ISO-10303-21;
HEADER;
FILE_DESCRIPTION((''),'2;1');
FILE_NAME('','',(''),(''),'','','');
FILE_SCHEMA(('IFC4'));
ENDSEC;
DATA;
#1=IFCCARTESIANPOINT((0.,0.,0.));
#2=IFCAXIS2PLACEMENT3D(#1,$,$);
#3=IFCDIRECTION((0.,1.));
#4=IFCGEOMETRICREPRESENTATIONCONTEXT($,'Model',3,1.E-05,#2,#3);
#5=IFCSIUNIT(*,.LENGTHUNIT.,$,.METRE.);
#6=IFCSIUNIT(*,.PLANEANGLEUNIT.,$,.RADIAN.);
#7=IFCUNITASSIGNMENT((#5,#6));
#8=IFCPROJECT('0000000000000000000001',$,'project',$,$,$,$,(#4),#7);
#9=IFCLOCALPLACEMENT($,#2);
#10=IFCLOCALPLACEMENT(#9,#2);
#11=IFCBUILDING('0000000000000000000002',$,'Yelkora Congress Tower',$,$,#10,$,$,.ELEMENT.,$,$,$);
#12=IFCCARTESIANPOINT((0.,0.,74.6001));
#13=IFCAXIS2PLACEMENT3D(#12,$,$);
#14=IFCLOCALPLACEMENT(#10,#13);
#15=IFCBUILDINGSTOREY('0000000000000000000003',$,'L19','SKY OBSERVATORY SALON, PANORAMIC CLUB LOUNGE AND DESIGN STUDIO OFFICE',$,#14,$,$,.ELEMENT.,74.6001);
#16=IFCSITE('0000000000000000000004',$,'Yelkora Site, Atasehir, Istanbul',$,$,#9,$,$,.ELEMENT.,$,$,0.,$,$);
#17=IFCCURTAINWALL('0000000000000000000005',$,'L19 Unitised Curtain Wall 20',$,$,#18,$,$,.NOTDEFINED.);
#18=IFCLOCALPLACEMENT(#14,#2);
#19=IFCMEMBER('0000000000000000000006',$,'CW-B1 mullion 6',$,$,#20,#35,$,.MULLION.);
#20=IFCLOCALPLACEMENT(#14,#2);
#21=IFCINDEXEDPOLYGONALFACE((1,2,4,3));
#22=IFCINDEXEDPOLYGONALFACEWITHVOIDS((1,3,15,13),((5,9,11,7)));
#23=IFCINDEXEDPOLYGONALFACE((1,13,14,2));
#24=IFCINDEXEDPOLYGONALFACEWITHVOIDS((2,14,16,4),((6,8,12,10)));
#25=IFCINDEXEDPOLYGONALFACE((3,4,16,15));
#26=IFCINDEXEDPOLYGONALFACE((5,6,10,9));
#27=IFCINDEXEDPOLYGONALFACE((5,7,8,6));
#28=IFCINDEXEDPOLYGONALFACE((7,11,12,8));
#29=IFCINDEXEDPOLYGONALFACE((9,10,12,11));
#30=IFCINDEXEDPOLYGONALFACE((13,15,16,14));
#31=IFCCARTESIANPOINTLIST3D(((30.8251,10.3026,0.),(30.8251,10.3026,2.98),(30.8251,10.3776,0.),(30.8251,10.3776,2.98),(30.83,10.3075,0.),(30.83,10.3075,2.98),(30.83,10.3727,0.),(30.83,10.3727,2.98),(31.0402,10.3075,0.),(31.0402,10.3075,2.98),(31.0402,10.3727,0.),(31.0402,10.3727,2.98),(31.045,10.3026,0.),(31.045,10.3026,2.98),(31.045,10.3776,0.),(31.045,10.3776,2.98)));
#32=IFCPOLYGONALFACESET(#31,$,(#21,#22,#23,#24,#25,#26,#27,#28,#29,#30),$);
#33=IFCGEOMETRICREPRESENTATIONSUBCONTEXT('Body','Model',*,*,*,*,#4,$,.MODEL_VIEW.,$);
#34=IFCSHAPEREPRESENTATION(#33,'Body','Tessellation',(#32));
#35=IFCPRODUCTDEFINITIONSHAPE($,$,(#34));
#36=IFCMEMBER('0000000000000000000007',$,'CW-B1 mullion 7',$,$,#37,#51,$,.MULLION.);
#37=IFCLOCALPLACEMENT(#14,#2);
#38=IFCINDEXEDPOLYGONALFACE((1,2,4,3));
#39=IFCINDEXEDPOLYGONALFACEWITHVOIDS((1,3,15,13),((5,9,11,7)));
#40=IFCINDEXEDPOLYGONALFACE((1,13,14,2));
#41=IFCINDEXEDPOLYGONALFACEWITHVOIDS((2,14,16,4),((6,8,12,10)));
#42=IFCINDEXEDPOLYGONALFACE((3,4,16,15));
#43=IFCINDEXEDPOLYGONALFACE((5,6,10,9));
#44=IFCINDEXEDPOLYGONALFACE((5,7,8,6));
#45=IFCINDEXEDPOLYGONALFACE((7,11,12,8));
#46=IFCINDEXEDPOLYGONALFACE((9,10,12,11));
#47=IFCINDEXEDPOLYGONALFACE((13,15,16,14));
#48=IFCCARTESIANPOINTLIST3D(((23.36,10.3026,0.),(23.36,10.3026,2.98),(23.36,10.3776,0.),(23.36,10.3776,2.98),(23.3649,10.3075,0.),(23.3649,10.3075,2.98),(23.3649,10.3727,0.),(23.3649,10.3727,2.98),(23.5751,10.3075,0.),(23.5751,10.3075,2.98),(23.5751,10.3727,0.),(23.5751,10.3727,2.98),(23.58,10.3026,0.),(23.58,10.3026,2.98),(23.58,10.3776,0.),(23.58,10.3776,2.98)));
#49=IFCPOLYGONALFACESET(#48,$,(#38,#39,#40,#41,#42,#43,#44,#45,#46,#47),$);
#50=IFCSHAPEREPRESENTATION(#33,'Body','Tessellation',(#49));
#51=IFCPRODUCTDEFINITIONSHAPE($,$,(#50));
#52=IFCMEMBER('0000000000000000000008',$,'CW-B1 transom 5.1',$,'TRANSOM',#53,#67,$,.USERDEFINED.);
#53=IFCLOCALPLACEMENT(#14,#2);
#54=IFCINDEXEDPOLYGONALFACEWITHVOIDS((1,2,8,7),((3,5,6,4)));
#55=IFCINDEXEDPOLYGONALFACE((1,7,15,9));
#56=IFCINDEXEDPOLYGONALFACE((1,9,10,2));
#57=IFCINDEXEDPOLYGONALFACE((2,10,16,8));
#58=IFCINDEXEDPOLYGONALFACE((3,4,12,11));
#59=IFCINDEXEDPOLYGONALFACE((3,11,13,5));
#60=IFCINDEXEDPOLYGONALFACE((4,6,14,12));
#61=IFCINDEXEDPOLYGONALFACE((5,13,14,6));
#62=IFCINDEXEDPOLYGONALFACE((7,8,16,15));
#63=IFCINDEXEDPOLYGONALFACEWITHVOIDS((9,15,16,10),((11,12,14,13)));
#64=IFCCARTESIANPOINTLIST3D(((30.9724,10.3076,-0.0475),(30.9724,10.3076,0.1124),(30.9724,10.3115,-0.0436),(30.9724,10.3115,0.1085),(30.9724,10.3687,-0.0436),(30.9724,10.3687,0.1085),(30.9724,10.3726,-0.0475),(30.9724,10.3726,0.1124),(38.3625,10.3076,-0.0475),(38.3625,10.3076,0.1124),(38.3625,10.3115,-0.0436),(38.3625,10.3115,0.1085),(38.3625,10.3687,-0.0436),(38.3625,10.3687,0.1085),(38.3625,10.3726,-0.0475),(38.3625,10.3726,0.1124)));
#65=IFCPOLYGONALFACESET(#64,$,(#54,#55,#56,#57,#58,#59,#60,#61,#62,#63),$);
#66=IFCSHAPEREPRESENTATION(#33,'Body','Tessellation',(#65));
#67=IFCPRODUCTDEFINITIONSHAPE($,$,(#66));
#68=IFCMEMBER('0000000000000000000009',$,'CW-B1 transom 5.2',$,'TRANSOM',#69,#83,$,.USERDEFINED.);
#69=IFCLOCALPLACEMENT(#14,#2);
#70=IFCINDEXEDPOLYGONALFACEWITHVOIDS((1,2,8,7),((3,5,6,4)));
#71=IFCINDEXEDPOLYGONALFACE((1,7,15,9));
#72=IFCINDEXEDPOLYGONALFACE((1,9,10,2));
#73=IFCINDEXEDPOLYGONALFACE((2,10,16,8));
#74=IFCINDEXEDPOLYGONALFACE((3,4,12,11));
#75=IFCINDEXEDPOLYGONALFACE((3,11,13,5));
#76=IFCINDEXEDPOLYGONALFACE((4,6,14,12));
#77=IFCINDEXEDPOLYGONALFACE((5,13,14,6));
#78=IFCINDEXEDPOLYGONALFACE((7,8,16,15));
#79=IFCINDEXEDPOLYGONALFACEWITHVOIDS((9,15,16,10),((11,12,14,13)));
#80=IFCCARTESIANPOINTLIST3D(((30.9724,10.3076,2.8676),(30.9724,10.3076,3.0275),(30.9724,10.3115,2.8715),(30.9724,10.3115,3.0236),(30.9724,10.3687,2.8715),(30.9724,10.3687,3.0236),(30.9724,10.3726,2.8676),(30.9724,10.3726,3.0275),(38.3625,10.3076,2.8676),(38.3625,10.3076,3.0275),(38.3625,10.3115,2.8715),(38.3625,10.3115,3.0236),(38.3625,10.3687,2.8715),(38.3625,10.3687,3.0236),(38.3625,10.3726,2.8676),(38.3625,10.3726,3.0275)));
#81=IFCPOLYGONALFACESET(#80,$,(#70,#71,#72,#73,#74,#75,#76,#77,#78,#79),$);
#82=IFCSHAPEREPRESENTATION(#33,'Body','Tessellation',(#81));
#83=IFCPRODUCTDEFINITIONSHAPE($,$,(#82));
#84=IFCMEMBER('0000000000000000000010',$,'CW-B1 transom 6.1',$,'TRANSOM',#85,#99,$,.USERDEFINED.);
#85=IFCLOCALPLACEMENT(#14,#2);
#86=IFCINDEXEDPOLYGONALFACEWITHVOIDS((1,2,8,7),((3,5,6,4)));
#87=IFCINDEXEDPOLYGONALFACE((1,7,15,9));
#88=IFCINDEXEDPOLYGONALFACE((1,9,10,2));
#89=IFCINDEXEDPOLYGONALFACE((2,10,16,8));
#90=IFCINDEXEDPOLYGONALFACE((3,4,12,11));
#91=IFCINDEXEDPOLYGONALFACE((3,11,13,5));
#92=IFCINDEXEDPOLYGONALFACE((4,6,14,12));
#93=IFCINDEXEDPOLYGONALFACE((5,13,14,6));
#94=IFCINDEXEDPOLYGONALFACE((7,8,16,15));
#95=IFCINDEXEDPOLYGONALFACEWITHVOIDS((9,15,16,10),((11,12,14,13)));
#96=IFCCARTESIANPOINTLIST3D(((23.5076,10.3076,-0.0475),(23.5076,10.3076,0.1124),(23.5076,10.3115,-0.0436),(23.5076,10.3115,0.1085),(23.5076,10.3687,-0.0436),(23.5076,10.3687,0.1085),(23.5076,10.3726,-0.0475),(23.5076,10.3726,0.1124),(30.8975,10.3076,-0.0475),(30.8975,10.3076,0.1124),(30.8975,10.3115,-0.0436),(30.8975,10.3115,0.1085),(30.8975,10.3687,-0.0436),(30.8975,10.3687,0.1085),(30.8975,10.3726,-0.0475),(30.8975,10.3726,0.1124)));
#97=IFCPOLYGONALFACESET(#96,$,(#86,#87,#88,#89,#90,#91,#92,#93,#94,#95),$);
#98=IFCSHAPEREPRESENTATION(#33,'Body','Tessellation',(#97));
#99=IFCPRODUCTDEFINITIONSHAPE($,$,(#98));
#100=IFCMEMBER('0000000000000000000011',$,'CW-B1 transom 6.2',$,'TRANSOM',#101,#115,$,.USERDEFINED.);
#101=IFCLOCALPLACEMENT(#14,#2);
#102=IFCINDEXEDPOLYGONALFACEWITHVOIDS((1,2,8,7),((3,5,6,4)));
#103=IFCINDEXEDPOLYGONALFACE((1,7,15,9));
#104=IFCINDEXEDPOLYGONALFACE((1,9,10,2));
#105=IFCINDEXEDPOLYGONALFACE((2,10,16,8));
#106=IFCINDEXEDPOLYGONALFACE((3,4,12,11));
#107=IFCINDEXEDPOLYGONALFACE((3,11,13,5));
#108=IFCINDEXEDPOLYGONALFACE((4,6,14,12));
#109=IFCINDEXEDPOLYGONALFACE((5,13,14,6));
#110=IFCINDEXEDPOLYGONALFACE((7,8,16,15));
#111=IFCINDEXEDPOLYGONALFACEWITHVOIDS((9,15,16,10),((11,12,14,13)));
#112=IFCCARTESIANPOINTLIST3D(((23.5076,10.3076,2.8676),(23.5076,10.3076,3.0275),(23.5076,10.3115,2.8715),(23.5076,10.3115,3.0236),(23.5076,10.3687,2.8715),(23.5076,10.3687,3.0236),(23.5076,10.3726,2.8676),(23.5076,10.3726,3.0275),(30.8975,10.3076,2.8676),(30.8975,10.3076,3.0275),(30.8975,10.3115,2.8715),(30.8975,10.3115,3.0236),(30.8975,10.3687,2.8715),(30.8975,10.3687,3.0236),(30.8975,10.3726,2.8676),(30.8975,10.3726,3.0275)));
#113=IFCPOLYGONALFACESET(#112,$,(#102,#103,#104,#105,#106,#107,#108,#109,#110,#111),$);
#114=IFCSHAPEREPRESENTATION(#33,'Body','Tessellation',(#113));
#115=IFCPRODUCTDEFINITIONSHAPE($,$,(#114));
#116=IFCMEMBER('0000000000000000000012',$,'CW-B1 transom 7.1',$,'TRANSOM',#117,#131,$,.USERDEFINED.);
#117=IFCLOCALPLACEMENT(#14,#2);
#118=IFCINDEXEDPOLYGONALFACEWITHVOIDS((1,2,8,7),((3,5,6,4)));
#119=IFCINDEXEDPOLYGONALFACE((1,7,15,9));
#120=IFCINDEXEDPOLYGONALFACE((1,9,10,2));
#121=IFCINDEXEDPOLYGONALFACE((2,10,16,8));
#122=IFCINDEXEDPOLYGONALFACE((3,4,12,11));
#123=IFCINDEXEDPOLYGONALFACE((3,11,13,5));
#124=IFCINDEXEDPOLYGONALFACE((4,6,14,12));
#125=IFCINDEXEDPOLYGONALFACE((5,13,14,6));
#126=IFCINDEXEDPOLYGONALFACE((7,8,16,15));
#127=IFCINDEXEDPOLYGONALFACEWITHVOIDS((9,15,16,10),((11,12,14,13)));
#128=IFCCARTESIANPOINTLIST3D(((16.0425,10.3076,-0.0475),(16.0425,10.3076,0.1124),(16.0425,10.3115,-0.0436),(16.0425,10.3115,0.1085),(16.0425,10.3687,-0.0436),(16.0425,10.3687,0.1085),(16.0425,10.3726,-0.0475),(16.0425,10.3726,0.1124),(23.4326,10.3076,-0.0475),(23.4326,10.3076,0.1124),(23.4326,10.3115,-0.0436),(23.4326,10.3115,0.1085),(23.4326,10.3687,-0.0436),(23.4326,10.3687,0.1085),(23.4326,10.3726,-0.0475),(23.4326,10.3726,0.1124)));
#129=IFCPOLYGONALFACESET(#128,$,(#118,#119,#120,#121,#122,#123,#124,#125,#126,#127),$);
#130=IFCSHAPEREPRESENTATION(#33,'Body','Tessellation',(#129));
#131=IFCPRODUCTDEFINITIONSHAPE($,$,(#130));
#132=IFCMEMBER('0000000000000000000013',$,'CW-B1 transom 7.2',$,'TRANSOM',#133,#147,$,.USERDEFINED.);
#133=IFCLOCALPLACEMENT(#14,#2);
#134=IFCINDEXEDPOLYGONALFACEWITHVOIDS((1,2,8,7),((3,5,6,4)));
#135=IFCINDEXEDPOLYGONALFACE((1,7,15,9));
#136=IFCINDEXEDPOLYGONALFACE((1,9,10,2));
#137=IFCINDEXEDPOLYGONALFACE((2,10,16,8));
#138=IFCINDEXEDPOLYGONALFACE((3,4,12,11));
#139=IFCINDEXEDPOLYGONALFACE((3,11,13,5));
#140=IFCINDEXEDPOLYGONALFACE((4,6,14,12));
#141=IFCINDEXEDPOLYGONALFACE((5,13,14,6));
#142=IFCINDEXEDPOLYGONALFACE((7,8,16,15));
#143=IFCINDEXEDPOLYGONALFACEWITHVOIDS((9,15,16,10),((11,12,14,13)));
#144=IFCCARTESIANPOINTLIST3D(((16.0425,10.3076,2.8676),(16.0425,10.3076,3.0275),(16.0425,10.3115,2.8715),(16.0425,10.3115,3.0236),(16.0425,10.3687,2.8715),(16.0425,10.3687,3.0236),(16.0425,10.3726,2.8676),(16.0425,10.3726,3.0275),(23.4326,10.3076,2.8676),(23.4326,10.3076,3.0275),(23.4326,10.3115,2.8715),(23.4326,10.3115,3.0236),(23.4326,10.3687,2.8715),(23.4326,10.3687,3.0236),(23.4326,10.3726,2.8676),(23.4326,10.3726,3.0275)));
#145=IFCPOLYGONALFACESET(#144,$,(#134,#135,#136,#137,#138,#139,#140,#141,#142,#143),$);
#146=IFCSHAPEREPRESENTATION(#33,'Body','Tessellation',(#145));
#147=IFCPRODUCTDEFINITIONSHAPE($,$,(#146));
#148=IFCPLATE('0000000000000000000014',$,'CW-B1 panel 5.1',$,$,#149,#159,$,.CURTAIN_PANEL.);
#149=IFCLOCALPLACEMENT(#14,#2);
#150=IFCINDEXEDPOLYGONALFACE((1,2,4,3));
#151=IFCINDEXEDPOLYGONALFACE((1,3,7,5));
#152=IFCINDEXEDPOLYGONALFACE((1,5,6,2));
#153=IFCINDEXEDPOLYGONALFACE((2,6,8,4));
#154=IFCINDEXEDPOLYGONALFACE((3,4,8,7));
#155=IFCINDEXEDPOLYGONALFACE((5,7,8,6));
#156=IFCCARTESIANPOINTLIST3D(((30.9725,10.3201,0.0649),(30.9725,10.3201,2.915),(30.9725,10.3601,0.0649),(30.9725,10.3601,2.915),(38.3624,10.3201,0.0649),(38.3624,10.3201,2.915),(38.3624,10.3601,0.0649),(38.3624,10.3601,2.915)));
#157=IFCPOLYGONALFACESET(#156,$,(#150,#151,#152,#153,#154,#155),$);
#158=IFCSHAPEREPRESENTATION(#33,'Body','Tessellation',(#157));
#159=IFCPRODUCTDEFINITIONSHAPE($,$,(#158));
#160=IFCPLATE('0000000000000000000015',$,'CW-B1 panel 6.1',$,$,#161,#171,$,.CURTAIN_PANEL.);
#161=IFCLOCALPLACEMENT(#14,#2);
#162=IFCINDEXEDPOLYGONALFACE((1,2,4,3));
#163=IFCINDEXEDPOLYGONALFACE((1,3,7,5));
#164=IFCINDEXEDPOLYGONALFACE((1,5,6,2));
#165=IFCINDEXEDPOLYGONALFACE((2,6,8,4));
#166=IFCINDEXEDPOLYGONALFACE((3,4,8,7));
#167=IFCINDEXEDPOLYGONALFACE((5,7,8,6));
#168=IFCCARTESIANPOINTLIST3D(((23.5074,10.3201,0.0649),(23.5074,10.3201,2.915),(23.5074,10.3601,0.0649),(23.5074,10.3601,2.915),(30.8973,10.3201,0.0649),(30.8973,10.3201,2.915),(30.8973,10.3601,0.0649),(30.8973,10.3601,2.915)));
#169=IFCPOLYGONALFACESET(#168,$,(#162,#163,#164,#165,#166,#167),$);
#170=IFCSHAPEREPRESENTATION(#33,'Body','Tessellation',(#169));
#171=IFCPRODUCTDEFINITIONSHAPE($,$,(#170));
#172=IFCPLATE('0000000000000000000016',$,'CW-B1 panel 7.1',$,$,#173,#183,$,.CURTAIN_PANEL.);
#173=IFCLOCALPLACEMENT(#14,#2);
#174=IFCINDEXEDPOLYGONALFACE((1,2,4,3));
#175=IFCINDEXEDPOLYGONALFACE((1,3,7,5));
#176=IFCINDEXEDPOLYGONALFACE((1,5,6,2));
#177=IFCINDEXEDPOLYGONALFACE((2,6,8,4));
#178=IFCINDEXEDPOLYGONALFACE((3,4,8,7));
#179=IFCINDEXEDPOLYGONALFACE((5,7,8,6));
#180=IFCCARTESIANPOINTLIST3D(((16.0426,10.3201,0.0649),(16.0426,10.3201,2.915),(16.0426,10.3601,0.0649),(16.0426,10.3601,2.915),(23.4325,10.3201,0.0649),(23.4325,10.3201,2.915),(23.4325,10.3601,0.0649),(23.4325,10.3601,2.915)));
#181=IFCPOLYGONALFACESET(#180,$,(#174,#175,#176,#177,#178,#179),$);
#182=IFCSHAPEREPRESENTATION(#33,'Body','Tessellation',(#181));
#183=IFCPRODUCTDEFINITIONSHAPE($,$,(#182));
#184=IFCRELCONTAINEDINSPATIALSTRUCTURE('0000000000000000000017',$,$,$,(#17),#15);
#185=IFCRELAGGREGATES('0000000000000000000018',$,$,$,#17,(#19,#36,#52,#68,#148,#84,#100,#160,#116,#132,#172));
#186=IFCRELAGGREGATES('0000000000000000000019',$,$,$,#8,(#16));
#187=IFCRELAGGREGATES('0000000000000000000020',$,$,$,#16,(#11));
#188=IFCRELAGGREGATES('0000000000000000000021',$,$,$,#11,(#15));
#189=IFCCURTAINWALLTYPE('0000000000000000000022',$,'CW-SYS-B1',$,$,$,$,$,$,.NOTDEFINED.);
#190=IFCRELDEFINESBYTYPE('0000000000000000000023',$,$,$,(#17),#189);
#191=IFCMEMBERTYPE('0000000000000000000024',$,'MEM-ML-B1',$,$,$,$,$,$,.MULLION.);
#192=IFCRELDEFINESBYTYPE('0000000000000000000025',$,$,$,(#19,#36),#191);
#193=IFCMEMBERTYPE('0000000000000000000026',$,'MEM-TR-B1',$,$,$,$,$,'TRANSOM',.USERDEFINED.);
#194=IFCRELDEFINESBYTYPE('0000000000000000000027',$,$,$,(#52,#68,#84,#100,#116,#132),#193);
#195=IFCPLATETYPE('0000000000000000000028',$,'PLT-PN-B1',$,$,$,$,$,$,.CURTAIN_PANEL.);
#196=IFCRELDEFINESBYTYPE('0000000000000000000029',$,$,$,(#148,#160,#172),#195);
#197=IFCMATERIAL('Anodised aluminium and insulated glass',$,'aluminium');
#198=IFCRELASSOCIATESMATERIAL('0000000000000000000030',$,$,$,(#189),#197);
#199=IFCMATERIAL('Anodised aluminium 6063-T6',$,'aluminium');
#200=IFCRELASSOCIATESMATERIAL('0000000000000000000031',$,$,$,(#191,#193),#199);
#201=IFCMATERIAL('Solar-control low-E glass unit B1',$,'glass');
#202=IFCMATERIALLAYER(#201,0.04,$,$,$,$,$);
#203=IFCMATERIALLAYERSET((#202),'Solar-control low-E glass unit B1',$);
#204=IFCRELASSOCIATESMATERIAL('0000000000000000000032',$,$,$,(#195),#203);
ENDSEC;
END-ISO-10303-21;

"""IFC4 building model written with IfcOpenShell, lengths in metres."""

from ifc_helpers import new_model, si_unit, direction, frame, origin, origin_2d, place, context, subcontext, project, spatial, rectangle, hollow_rectangle, extrude, material, layer, layer_set, material_profile, profile_set, type_object, element, aggregate, save


model = new_model("IFC4")

# Units and contexts
model_context = context("Model", 3, precision=1e-05, world=origin(), true_north=direction((0.0, 1.0)))
body_context = subcontext(model_context, "Body", "Model", "MODEL_VIEW")
ifc_project = project(units=[si_unit("LENGTHUNIT", "METRE"), si_unit("PLANEANGLEUNIT", "RADIAN")], contexts=[model_context])

# Site, building, storey
site_placement = place(None, origin())
site = spatial("IfcSite", under=ifc_project, at=site_placement, Name="Yelkora Site, Atasehir, Istanbul", CompositionType="ELEMENT", RefElevation=0.0)
building_placement = place(site_placement, origin())
building = spatial("IfcBuilding", under=site, at=building_placement, Name="Yelkora Congress Tower", CompositionType="ELEMENT")
storey_placement = place(building_placement, frame((0.0, 0.0, 74.6001)))
storey = spatial("IfcBuildingStorey", under=building, at=storey_placement, Name="L19", Description="SKY OBSERVATORY SALON, PANORAMIC CLUB LOUNGE AND DESIGN STUDIO OFFICE", CompositionType="ELEMENT", Elevation=74.6001)

# Curtain wall, members, plates
ifc_material_1 = material(Name="Anodised aluminium and insulated glass", Category="aluminium")
curtain_wall_type = type_object("IfcCurtainWallType", Name="CW-SYS-B1", PredefinedType="NOTDEFINED", material=ifc_material_1)
curtain_wall_placement = place(storey_placement, origin())
curtain_wall = element("IfcCurtainWall", 1, at=curtain_wall_placement, inside=storey, type_object=curtain_wall_type, Name="L19 Unitised Curtain Wall 20", PredefinedType="NOTDEFINED")
ifc_material_2 = material(Name="Anodised aluminium 6063-T6", Category="aluminium")
ifc_material_profile_1 = material_profile(ifc_material_2, hollow_rectangle(XDim=0.075, YDim=0.22, WallThickness=0.0049, at=origin_2d()), Name="ALU 75x220x5")
ifc_profile_set_1 = profile_set([ifc_material_profile_1], Name="Anodised aluminium 6063-T6")
member_type_1 = type_object("IfcMemberType", Name="MEM-ML-B1", PredefinedType="MULLION", material=ifc_profile_set_1)
member_1_placement = place(storey_placement, frame((30.9351, 10.3401, 0.0), z_axis=(0.0, 0.0, 1.0), x_axis=(0.0, -1.0, 0.0)))
member_1 = element("IfcMember", 2, at=member_1_placement, type_object=member_type_1, Name="CW-B1 mullion 6", PredefinedType="MULLION", context=body_context, shape_type="SweptSolid", body=[
    extrude(hollow_rectangle(XDim=0.075, YDim=0.22, WallThickness=0.0049, at=origin_2d()), origin(), (0.0, 0.0, 1.0), 2.98),
])
member_2_placement = place(storey_placement, frame((23.47, 10.3401, 0.0), z_axis=(0.0, 0.0, 1.0), x_axis=(0.0, -1.0, 0.0)))
member_2 = element("IfcMember", 3, at=member_2_placement, type_object=member_type_1, Name="CW-B1 mullion 7", PredefinedType="MULLION", context=body_context, shape_type="SweptSolid", body=[
    extrude(hollow_rectangle(XDim=0.075, YDim=0.22, WallThickness=0.0049, at=origin_2d()), origin(), (0.0, 0.0, 1.0), 2.98),
])
ifc_material_profile_2 = material_profile(ifc_material_2, hollow_rectangle(XDim=0.0649, YDim=0.1599, WallThickness=0.0039, at=origin_2d()), Name="ALU 65x160x4")
ifc_profile_set_2 = profile_set([ifc_material_profile_2], Name="Anodised aluminium 6063-T6")
member_type_2 = type_object("IfcMemberType", Name="MEM-TR-B1", ElementType="TRANSOM", PredefinedType="USERDEFINED", material=ifc_profile_set_2)
member_3_placement = place(storey_placement, frame((38.3625, 10.3401, 0.0325), z_axis=(-1.0, 0.0, 0.0), x_axis=(0.0, -1.0, 0.0)))
member_3 = element("IfcMember", 4, at=member_3_placement, type_object=member_type_2, Name="CW-B1 transom 5.1", ObjectType="TRANSOM", PredefinedType="USERDEFINED", context=body_context, shape_type="SweptSolid", body=[
    extrude(hollow_rectangle(XDim=0.0649, YDim=0.1599, WallThickness=0.0039, at=origin_2d()), origin(), (0.0, 0.0, 1.0), 7.3901),
])
member_4_placement = place(storey_placement, frame((38.3625, 10.3401, 2.9475), z_axis=(-1.0, 0.0, 0.0), x_axis=(0.0, -1.0, 0.0)))
member_4 = element("IfcMember", 5, at=member_4_placement, type_object=member_type_2, Name="CW-B1 transom 5.2", ObjectType="TRANSOM", PredefinedType="USERDEFINED", context=body_context, shape_type="SweptSolid", body=[
    extrude(hollow_rectangle(XDim=0.0649, YDim=0.1599, WallThickness=0.0039, at=origin_2d()), origin(), (0.0, 0.0, 1.0), 7.3901),
])
member_5_placement = place(storey_placement, frame((30.8975, 10.3401, 0.0325), z_axis=(-1.0, 0.0, 0.0), x_axis=(0.0, -1.0, 0.0)))
member_5 = element("IfcMember", 6, at=member_5_placement, type_object=member_type_2, Name="CW-B1 transom 6.1", ObjectType="TRANSOM", PredefinedType="USERDEFINED", context=body_context, shape_type="SweptSolid", body=[
    extrude(hollow_rectangle(XDim=0.0649, YDim=0.1599, WallThickness=0.0039, at=origin_2d()), origin(), (0.0, 0.0, 1.0), 7.3899),
])
member_6_placement = place(storey_placement, frame((30.8975, 10.3401, 2.9475), z_axis=(-1.0, 0.0, 0.0), x_axis=(0.0, -1.0, 0.0)))
member_6 = element("IfcMember", 7, at=member_6_placement, type_object=member_type_2, Name="CW-B1 transom 6.2", ObjectType="TRANSOM", PredefinedType="USERDEFINED", context=body_context, shape_type="SweptSolid", body=[
    extrude(hollow_rectangle(XDim=0.0649, YDim=0.1599, WallThickness=0.0039, at=origin_2d()), origin(), (0.0, 0.0, 1.0), 7.3899),
])
member_7_placement = place(storey_placement, frame((23.4326, 10.3401, 0.0325), z_axis=(-1.0, 0.0, 0.0), x_axis=(0.0, -1.0, 0.0)))
member_7 = element("IfcMember", 8, at=member_7_placement, type_object=member_type_2, Name="CW-B1 transom 7.1", ObjectType="TRANSOM", PredefinedType="USERDEFINED", context=body_context, shape_type="SweptSolid", body=[
    extrude(hollow_rectangle(XDim=0.0649, YDim=0.1599, WallThickness=0.0039, at=origin_2d()), origin(), (0.0, 0.0, 1.0), 7.3901),
])
member_8_placement = place(storey_placement, frame((23.4326, 10.3401, 2.9475), z_axis=(-1.0, 0.0, 0.0), x_axis=(0.0, -1.0, 0.0)))
member_8 = element("IfcMember", 9, at=member_8_placement, type_object=member_type_2, Name="CW-B1 transom 7.2", ObjectType="TRANSOM", PredefinedType="USERDEFINED", context=body_context, shape_type="SweptSolid", body=[
    extrude(hollow_rectangle(XDim=0.0649, YDim=0.1599, WallThickness=0.0039, at=origin_2d()), origin(), (0.0, 0.0, 1.0), 7.3901),
])
ifc_material_3 = material(Name="Solar-control low-E glass unit B1", Category="glass")
ifc_layer_1 = layer(ifc_material_3, 0.04)
ifc_layer_set_1 = layer_set([ifc_layer_1], Name="Solar-control low-E glass unit B1")
plate_type = type_object("IfcPlateType", Name="PLT-PN-B1", PredefinedType="CURTAIN_PANEL", material=ifc_layer_set_1)
plate_1_placement = place(storey_placement, frame((34.6675, 10.3401, 0.0649), z_axis=(0.0, 0.0, 1.0), x_axis=(-1.0, 0.0, 0.0)))
plate_1 = element("IfcPlate", 10, at=plate_1_placement, type_object=plate_type, Name="CW-B1 panel 5.1", PredefinedType="CURTAIN_PANEL", context=body_context, shape_type="SweptSolid", body=[
    extrude(rectangle(XDim=7.3899, YDim=0.04, at=origin_2d()), origin(), (0.0, 0.0, 1.0), 2.8501),
])
plate_2_placement = place(storey_placement, frame((27.2024, 10.3401, 0.0649), z_axis=(0.0, 0.0, 1.0), x_axis=(-1.0, 0.0, 0.0)))
plate_2 = element("IfcPlate", 11, at=plate_2_placement, type_object=plate_type, Name="CW-B1 panel 6.1", PredefinedType="CURTAIN_PANEL", context=body_context, shape_type="SweptSolid", body=[
    extrude(rectangle(XDim=7.3899, YDim=0.04, at=origin_2d()), origin(), (0.0, 0.0, 1.0), 2.8501),
])
plate_3_placement = place(storey_placement, frame((19.7375, 10.3401, 0.0649), z_axis=(0.0, 0.0, 1.0), x_axis=(-1.0, 0.0, 0.0)))
plate_3 = element("IfcPlate", 12, at=plate_3_placement, type_object=plate_type, Name="CW-B1 panel 7.1", PredefinedType="CURTAIN_PANEL", context=body_context, shape_type="SweptSolid", body=[
    extrude(rectangle(XDim=7.3899, YDim=0.04, at=origin_2d()), origin(), (0.0, 0.0, 1.0), 2.8501),
])
aggregate(curtain_wall, [member_1, member_2, member_3, member_4, plate_1, member_5, member_6, plate_2, member_7, member_8, plate_3])

save(model, "model.ifc")
